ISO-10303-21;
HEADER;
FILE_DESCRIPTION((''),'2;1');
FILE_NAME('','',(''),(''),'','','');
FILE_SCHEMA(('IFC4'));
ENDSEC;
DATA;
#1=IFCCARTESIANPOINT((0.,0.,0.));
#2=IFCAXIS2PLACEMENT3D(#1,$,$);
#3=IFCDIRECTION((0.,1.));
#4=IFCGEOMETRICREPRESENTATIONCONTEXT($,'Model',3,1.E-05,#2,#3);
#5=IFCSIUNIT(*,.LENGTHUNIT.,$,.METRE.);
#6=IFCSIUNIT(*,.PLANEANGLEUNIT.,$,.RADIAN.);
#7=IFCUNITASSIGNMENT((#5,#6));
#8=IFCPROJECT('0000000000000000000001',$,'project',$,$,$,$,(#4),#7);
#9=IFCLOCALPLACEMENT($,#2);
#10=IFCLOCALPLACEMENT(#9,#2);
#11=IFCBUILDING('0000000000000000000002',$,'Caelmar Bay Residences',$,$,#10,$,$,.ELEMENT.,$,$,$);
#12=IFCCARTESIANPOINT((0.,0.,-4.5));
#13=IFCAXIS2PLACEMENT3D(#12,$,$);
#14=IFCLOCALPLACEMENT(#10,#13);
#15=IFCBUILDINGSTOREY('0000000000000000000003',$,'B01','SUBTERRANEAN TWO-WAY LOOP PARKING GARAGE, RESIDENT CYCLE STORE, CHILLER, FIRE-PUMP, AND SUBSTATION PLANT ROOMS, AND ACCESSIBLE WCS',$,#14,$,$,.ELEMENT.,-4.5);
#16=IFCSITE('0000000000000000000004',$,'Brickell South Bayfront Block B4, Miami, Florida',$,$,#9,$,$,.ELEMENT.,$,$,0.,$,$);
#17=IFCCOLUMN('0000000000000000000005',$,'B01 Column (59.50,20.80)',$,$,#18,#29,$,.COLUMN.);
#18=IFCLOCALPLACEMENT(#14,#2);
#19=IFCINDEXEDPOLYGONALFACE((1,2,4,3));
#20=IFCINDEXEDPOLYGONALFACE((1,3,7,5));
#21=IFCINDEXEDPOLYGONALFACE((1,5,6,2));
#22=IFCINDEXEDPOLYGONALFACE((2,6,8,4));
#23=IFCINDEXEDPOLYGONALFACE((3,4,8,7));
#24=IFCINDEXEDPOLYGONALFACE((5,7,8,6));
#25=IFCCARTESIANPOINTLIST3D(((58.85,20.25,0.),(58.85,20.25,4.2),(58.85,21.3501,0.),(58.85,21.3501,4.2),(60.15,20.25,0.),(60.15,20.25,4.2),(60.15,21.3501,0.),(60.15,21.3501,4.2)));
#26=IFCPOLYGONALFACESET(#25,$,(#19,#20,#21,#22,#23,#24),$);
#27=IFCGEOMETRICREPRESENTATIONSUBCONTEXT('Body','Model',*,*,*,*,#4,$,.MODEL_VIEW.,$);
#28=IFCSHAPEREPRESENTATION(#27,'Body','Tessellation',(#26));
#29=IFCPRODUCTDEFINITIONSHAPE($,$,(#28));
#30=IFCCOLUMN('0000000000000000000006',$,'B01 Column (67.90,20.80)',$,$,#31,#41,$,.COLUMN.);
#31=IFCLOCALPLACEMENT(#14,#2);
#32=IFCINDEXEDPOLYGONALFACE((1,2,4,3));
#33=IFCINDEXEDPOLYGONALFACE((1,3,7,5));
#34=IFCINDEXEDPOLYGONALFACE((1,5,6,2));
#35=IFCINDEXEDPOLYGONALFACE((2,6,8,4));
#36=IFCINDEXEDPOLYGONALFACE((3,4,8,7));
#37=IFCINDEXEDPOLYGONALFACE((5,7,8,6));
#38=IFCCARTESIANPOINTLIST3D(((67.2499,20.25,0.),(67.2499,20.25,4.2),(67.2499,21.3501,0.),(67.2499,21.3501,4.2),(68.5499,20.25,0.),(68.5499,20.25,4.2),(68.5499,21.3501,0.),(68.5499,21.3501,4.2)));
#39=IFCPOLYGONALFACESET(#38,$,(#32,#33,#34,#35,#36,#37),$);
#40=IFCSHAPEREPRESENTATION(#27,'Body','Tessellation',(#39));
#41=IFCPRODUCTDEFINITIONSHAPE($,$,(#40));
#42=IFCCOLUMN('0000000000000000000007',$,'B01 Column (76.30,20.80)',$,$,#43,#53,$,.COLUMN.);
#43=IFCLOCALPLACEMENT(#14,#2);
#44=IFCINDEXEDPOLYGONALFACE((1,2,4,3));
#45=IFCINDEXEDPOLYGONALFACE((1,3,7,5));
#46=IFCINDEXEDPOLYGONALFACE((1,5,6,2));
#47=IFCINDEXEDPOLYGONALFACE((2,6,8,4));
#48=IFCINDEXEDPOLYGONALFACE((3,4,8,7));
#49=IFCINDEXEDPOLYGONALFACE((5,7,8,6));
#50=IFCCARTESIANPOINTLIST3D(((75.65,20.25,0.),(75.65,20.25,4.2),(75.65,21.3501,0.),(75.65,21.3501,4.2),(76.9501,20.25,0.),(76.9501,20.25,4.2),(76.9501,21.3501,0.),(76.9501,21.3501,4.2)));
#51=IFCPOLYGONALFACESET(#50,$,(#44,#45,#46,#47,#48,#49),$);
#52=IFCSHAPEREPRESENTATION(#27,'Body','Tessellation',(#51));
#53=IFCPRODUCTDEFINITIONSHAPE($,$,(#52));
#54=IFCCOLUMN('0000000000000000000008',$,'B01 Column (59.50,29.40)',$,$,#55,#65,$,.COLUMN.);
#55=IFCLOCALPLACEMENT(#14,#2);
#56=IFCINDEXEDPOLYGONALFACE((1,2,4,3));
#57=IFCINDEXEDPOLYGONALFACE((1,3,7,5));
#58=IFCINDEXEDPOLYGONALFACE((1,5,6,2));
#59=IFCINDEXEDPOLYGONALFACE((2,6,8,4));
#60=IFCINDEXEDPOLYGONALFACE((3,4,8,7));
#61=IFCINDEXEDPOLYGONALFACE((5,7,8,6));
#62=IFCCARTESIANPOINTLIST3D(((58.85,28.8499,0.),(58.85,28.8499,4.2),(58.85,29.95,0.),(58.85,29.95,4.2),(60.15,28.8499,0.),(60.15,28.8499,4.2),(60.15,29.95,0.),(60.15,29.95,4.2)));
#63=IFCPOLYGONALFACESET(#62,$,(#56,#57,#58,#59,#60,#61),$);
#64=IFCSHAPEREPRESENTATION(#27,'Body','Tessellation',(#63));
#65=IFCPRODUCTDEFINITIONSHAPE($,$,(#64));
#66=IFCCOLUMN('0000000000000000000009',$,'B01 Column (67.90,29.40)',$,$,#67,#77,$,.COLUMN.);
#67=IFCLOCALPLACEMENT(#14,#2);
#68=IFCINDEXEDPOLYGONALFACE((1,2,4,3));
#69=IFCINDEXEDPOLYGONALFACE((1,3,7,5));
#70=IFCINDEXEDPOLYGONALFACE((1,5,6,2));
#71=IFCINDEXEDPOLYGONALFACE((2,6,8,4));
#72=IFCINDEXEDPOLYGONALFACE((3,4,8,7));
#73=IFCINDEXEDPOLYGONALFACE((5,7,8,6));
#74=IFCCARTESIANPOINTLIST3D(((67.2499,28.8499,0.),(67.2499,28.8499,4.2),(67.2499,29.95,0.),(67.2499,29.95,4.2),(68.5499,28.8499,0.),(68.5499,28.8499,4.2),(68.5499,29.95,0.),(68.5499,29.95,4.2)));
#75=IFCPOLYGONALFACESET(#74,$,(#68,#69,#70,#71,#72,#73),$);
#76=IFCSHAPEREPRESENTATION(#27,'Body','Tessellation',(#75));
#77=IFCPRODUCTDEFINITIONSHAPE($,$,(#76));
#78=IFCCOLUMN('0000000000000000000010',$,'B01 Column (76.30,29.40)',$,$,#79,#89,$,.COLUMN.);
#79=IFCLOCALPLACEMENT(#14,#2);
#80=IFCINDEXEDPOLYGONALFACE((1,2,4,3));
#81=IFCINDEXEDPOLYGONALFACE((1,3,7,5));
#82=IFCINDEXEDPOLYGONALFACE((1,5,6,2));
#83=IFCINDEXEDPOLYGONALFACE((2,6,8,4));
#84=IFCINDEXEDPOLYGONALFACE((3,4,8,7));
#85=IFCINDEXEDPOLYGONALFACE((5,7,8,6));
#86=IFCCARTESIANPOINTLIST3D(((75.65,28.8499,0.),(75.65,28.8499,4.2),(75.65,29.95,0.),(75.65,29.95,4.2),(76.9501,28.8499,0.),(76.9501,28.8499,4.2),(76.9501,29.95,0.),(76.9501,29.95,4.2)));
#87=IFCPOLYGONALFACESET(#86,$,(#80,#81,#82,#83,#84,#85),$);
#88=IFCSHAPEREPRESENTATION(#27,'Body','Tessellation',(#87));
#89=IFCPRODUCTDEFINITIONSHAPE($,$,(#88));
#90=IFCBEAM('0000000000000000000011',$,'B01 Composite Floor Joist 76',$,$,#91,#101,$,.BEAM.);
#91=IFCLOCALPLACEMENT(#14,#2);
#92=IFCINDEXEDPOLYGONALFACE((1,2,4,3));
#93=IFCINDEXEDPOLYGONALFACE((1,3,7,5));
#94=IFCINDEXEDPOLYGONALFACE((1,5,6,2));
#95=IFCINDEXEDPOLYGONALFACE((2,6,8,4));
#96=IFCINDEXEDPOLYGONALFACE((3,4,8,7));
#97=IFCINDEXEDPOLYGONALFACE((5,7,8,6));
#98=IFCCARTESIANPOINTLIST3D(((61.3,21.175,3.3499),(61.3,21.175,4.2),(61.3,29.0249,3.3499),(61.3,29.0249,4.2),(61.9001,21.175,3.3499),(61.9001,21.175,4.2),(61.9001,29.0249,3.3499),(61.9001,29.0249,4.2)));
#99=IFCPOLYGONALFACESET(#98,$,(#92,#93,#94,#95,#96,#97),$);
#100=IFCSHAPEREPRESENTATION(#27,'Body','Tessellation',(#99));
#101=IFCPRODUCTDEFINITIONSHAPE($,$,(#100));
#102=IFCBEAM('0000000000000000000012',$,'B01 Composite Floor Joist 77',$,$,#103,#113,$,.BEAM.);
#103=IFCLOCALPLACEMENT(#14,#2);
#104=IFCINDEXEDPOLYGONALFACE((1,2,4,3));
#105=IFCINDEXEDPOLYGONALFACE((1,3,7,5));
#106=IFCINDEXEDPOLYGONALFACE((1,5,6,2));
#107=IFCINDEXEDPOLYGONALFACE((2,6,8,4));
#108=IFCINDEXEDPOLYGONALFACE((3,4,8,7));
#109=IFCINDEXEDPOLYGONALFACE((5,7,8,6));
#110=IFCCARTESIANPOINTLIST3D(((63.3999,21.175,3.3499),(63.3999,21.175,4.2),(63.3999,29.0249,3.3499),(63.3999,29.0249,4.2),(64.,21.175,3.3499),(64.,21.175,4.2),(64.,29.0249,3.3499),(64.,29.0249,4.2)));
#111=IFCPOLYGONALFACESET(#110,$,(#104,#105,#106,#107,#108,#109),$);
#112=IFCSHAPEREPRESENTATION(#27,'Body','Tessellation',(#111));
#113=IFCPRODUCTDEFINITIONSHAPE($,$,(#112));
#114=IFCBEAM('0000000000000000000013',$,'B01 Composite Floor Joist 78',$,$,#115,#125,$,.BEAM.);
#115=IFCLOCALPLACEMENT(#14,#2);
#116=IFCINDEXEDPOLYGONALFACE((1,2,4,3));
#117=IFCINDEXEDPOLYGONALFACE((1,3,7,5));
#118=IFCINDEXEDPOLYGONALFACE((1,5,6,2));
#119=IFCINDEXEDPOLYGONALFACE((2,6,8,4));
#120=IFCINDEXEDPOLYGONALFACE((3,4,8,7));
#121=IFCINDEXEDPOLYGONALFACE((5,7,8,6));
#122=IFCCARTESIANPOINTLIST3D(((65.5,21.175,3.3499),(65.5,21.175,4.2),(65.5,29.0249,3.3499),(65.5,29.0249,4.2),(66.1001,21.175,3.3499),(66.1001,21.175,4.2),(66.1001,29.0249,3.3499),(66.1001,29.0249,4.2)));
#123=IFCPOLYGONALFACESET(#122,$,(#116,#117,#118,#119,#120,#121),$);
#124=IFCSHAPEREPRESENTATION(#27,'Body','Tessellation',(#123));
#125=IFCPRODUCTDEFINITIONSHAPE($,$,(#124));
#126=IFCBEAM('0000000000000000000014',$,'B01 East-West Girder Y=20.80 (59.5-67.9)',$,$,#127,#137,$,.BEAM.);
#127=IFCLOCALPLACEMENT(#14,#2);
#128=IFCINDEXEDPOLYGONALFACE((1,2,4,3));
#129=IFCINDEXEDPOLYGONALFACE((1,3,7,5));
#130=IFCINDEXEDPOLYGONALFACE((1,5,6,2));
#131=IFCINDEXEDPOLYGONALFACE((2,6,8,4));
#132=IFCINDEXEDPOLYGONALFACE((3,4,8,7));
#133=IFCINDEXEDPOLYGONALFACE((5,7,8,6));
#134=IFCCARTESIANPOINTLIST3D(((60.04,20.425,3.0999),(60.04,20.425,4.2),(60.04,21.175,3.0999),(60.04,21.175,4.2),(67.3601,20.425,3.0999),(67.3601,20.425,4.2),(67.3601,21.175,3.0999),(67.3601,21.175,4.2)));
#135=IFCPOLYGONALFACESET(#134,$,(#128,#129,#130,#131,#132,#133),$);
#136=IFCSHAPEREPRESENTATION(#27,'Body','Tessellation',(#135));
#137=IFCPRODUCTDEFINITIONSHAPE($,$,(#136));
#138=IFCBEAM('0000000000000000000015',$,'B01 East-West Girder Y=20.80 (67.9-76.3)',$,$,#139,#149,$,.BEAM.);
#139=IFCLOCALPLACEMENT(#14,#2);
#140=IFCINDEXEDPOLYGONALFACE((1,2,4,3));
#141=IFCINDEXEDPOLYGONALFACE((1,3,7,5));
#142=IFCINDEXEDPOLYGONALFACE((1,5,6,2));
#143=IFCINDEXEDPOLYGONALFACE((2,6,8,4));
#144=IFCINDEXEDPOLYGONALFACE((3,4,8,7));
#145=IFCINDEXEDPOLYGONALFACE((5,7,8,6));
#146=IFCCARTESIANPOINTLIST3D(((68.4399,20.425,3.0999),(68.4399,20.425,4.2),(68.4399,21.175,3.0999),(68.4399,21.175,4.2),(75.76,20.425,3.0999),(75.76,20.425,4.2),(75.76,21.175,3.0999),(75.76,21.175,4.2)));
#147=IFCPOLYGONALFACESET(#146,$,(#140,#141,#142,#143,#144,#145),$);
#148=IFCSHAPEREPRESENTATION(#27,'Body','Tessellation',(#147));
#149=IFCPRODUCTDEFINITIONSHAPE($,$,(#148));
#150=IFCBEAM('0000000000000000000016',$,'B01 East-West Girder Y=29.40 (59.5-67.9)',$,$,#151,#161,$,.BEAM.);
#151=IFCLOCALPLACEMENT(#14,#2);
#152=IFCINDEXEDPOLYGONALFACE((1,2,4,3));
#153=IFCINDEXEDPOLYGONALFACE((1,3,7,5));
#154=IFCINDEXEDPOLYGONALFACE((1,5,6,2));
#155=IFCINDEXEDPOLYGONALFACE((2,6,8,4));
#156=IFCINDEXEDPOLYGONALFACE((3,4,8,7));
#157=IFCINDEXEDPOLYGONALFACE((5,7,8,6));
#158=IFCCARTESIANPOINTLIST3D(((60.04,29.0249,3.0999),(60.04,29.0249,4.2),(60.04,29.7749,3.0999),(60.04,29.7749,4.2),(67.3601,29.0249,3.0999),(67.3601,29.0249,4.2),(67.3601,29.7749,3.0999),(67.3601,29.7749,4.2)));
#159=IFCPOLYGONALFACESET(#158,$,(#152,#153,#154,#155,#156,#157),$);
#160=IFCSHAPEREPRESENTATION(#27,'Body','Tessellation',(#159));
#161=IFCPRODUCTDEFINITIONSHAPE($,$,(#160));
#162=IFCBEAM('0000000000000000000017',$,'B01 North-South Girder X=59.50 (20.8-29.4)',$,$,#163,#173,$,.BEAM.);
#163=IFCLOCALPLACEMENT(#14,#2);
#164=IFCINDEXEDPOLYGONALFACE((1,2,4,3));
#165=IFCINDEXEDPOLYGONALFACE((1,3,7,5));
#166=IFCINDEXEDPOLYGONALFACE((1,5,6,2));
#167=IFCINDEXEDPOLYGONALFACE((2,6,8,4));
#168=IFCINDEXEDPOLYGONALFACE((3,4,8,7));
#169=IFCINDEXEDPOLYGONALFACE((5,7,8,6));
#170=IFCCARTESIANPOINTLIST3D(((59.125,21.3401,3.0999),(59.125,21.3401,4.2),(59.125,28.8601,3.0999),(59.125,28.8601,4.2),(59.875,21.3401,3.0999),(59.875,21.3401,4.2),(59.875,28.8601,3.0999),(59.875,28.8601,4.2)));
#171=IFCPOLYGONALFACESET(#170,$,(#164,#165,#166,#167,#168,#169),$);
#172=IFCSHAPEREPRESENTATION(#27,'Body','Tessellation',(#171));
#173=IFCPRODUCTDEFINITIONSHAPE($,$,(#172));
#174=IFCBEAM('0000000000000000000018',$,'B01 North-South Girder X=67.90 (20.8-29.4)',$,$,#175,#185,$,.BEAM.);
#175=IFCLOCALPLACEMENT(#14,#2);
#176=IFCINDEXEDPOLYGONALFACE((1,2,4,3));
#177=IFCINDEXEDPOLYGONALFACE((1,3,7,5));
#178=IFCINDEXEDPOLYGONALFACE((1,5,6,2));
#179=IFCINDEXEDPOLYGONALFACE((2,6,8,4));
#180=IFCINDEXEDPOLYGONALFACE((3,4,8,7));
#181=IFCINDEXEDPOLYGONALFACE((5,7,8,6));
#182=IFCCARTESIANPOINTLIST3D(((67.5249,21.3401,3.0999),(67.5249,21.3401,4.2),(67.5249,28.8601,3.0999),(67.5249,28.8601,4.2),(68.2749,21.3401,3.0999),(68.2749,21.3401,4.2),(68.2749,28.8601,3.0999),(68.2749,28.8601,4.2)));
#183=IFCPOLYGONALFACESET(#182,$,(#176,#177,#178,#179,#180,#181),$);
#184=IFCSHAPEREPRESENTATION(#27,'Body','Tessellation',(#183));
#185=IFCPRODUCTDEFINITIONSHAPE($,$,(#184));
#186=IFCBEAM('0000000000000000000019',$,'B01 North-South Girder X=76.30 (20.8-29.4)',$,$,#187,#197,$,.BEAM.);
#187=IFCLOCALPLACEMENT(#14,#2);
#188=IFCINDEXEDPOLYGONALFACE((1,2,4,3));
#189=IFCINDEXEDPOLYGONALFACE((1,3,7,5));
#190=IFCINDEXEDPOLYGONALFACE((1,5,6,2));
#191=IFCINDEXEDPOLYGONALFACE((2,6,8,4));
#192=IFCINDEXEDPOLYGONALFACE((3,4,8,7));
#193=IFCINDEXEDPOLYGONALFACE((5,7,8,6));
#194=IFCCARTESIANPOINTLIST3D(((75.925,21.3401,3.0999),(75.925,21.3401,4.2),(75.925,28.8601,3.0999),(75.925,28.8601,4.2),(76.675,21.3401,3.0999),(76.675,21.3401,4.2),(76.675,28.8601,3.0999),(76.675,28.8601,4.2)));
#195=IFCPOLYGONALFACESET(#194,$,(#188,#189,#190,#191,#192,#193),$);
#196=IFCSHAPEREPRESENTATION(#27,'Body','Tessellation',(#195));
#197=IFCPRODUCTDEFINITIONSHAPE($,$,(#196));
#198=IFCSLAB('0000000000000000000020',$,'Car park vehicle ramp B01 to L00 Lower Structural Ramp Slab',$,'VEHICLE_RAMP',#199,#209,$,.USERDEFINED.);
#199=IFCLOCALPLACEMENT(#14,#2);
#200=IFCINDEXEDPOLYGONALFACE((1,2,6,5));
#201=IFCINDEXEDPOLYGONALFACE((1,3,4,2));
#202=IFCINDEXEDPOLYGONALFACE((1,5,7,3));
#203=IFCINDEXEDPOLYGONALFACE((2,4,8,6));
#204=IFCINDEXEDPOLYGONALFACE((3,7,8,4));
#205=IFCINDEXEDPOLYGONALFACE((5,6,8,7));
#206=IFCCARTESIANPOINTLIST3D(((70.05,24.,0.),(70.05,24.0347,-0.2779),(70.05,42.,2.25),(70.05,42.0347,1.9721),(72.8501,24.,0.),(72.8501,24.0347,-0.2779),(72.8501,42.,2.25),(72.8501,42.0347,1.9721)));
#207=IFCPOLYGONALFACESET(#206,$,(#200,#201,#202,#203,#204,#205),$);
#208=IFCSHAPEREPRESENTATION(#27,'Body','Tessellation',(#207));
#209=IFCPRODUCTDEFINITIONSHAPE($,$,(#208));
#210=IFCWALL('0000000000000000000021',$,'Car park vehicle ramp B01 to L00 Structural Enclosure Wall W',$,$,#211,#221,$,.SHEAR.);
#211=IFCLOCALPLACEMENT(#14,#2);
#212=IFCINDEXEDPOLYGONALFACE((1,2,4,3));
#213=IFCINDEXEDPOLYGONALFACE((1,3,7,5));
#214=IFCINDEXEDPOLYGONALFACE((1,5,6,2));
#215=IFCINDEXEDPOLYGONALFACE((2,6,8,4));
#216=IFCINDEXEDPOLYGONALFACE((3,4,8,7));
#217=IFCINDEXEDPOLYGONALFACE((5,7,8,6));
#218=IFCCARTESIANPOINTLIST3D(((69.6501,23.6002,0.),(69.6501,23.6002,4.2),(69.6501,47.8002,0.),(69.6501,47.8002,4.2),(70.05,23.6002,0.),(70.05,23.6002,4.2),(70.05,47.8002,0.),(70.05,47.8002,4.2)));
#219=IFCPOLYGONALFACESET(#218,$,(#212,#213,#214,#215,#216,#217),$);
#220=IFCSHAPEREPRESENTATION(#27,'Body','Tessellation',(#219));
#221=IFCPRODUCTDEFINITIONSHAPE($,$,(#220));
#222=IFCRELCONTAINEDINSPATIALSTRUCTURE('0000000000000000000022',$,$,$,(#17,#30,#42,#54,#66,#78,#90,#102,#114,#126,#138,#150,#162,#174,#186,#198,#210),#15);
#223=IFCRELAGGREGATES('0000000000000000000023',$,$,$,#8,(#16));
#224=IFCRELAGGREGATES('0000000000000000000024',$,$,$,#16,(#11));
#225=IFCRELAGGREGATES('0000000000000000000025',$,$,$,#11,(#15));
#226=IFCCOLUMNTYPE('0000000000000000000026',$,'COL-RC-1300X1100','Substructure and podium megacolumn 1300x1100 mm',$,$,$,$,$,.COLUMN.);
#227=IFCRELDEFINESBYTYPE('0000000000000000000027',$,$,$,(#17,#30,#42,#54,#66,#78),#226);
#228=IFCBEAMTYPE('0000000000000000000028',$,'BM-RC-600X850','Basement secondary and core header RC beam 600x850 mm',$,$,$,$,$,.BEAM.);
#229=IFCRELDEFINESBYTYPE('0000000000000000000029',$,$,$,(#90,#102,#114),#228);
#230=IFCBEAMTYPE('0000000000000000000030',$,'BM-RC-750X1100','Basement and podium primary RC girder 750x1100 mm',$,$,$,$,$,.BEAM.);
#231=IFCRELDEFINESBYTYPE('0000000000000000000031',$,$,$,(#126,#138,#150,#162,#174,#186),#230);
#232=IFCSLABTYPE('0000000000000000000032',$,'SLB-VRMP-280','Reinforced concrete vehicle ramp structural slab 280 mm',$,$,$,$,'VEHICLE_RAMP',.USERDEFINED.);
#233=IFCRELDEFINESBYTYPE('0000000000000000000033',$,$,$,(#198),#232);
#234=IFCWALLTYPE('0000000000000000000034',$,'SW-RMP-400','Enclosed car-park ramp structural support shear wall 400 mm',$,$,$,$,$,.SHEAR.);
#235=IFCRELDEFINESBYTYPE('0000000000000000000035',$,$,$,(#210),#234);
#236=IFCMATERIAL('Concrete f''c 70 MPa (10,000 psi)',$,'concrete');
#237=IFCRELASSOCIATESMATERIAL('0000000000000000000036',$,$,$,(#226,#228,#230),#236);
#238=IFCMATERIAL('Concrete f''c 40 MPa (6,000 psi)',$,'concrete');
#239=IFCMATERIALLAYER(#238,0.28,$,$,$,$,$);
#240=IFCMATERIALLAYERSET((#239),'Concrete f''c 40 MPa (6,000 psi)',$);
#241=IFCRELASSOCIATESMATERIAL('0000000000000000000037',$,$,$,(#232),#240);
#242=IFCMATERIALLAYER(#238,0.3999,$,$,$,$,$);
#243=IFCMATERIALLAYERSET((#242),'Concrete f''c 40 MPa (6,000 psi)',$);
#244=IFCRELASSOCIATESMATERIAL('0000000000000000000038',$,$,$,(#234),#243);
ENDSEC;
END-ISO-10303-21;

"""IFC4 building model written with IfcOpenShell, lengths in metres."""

from ifc_helpers import new_model, si_unit, direction, frame, frame_2d, origin, origin_2d, place, context, subcontext, project, spatial, polyline, rectangle, outline, extrude, material, layer, layer_set, material_profile, profile_set, type_object, element, save


model = new_model("IFC4")

# Units and contexts
model_context = context("Model", 3, precision=1e-05, world=origin(), true_north=direction((0.0, 1.0)))
body_context = subcontext(model_context, "Body", "Model", "MODEL_VIEW")
ifc_project = project(units=[si_unit("LENGTHUNIT", "METRE"), si_unit("PLANEANGLEUNIT", "RADIAN")], contexts=[model_context])

# Site, building, storey
site_placement = place(None, origin())
site = spatial("IfcSite", under=ifc_project, at=site_placement, Name="Brickell South Bayfront Block B4, Miami, Florida", CompositionType="ELEMENT", RefElevation=0.0)
building_placement = place(site_placement, origin())
building = spatial("IfcBuilding", under=site, at=building_placement, Name="Caelmar Bay Residences", CompositionType="ELEMENT")
storey_placement = place(building_placement, frame((0.0, 0.0, -4.5)))
storey = spatial("IfcBuildingStorey", under=building, at=storey_placement, Name="B01", Description="SUBTERRANEAN TWO-WAY LOOP PARKING GARAGE, RESIDENT CYCLE STORE, CHILLER, FIRE-PUMP, AND SUBSTATION PLANT ROOMS, AND ACCESSIBLE WCS", CompositionType="ELEMENT", Elevation=-4.5)

# Columns
ifc_material_1 = material(Name="Concrete f'c 70 MPa (10,000 psi)", Category="concrete")
ifc_material_profile_1 = material_profile(ifc_material_1, rectangle(XDim=1.3, YDim=1.1001, at=origin_2d()), Name="RC-COL-1300X1100")
ifc_profile_set_1 = profile_set([ifc_material_profile_1], Name="Concrete f'c 70 MPa (10,000 psi)")
column_type = type_object("IfcColumnType", Name="COL-RC-1300X1100", Description="Substructure and podium megacolumn 1300x1100 mm", PredefinedType="COLUMN", material=ifc_profile_set_1)
for number, where, z_axis, x_axis, name in (
    (1, (59.5, 20.8, 0.0), (0.0, 0.0, 1.0), (1.0, 0.0, 0.0), "B01 Column (59.50,20.80)"),
    (2, (67.8999, 20.8, 0.0), (0.0, 0.0, 1.0), (1.0, 0.0, 0.0), "B01 Column (67.90,20.80)"),
    (3, (76.3, 20.8, 0.0), (0.0, 0.0, 1.0), (1.0, 0.0, 0.0), "B01 Column (76.30,20.80)"),
    (4, (59.5, 29.3999, 0.0), (0.0, 0.0, 1.0), (1.0, 0.0, 0.0), "B01 Column (59.50,29.40)"),
    (5, (67.8999, 29.3999, 0.0), (0.0, 0.0, 1.0), (1.0, 0.0, 0.0), "B01 Column (67.90,29.40)"),
    (6, (76.3, 29.3999, 0.0), (0.0, 0.0, 1.0), (1.0, 0.0, 0.0), "B01 Column (76.30,29.40)"),
):
    element("IfcColumn", number, at=place(storey_placement, frame(where, z_axis=z_axis, x_axis=x_axis)), inside=storey, type_object=column_type, Name=name, PredefinedType="COLUMN", context=body_context, shape_type="SweptSolid", body=[
        extrude(rectangle(XDim=1.3, YDim=1.1001, at=origin_2d()), origin(), (0.0, 0.0, 1.0), 4.2),
    ])

# Beams
ifc_material_profile_2 = material_profile(ifc_material_1, rectangle(XDim=0.6001, YDim=0.8501, at=origin_2d()), Name="RC-BM-600X850")
ifc_profile_set_2 = profile_set([ifc_material_profile_2], Name="Concrete f'c 70 MPa (10,000 psi)")
beam_type_1 = type_object("IfcBeamType", Name="BM-RC-600X850", Description="Basement secondary and core header RC beam 600x850 mm", PredefinedType="BEAM", material=ifc_profile_set_2)
for number, where, z_axis, x_axis, name in (
    (7, (61.6001, 21.175, 3.7749), (0.0, 1.0, 0.0), (-1.0, 0.0, 0.0), "B01 Composite Floor Joist 76"),
    (8, (63.7, 21.175, 3.7749), (0.0, 1.0, 0.0), (-1.0, 0.0, 0.0), "B01 Composite Floor Joist 77"),
    (9, (65.8, 21.175, 3.7749), (0.0, 1.0, 0.0), (-1.0, 0.0, 0.0), "B01 Composite Floor Joist 78"),
):
    element("IfcBeam", number, at=place(storey_placement, frame(where, z_axis=z_axis, x_axis=x_axis)), inside=storey, type_object=beam_type_1, Name=name, PredefinedType="BEAM", context=body_context, shape_type="SweptSolid", body=[
        extrude(rectangle(XDim=0.6001, YDim=0.8501, at=origin_2d()), origin(), (0.0, 0.0, 1.0), 7.8499),
    ])
ifc_material_profile_3 = material_profile(ifc_material_1, rectangle(XDim=0.75, YDim=1.1001, at=origin_2d()), Name="RC-BM-750X1100")
ifc_profile_set_3 = profile_set([ifc_material_profile_3], Name="Concrete f'c 70 MPa (10,000 psi)")
beam_type_2 = type_object("IfcBeamType", Name="BM-RC-750X1100", Description="Basement and podium primary RC girder 750x1100 mm", PredefinedType="BEAM", material=ifc_profile_set_3)
for number, where, z_axis, x_axis, name in (
    (10, (60.04, 20.8, 3.6499), (1.0, 0.0, 0.0), (0.0, 1.0, 0.0), "B01 East-West Girder Y=20.80 (59.5-67.9)"),
    (11, (68.4399, 20.8, 3.6499), (1.0, 0.0, 0.0), (0.0, 1.0, 0.0), "B01 East-West Girder Y=20.80 (67.9-76.3)"),
    (12, (60.04, 29.3999, 3.6499), (1.0, 0.0, 0.0), (0.0, 1.0, 0.0), "B01 East-West Girder Y=29.40 (59.5-67.9)"),
):
    element("IfcBeam", number, at=place(storey_placement, frame(where, z_axis=z_axis, x_axis=x_axis)), inside=storey, type_object=beam_type_2, Name=name, PredefinedType="BEAM", context=body_context, shape_type="SweptSolid", body=[
        extrude(rectangle(XDim=0.75, YDim=1.1001, at=origin_2d()), origin(), (0.0, 0.0, 1.0), 7.3201),
    ])
for number, where, z_axis, x_axis, name in (
    (13, (59.5, 21.3401, 3.6499), (0.0, 1.0, 0.0), (-1.0, 0.0, 0.0), "B01 North-South Girder X=59.50 (20.8-29.4)"),
    (14, (67.8999, 21.3401, 3.6499), (0.0, 1.0, 0.0), (-1.0, 0.0, 0.0), "B01 North-South Girder X=67.90 (20.8-29.4)"),
    (15, (76.3, 21.3401, 3.6499), (0.0, 1.0, 0.0), (-1.0, 0.0, 0.0), "B01 North-South Girder X=76.30 (20.8-29.4)"),
):
    element("IfcBeam", number, at=place(storey_placement, frame(where, z_axis=z_axis, x_axis=x_axis)), inside=storey, type_object=beam_type_2, Name=name, PredefinedType="BEAM", context=body_context, shape_type="SweptSolid", body=[
        extrude(rectangle(XDim=0.75, YDim=1.1001, at=origin_2d()), origin(), (0.0, 0.0, 1.0), 7.52),
    ])

# Slab
ifc_material_2 = material(Name="Concrete f'c 40 MPa (6,000 psi)", Category="concrete")
ifc_layer_1 = layer(ifc_material_2, 0.28)
ifc_layer_set_1 = layer_set([ifc_layer_1], Name="Concrete f'c 40 MPa (6,000 psi)")
slab_type = type_object("IfcSlabType", Name="SLB-VRMP-280", Description="Reinforced concrete vehicle ramp structural slab 280 mm", ElementType="VEHICLE_RAMP", PredefinedType="USERDEFINED", material=ifc_layer_set_1)
slab_placement = place(storey_placement, frame((70.05, 24.0, 0.0), z_axis=(0.0, -0.124035, 0.992278), x_axis=(1.0, 0.0, 0.0)))
element("IfcSlab", 16, at=slab_placement, inside=storey, type_object=slab_type, Name="Car park vehicle ramp B01 to L00 Lower Structural Ramp Slab", ObjectType="VEHICLE_RAMP", PredefinedType="USERDEFINED", context=body_context, shape_type="SweptSolid", body=[
    extrude(outline(polyline([(0.0, 0.0), (2.8, 0.0), (2.8, 18.1401), (0.0, 18.1401), (0.0, 0.0)])), origin(), (0.0, 0.0, -1.0), 0.28),
])

# Wall
ifc_layer_2 = layer(ifc_material_2, 0.3999)
ifc_layer_set_2 = layer_set([ifc_layer_2], Name="Concrete f'c 40 MPa (6,000 psi)")
wall_type_1 = type_object("IfcWallType", Name="SW-RMP-400", Description="Enclosed car-park ramp structural support shear wall 400 mm", PredefinedType="SHEAR", material=ifc_layer_set_2)
for number, where, z_axis, x_axis, name in (
    (17, (69.8501, 23.6001, 0.0), (0.0, 0.0, 1.0), (0.0, 1.0, 0.0), "Car park vehicle ramp B01 to L00 Structural Enclosure Wall W"),
):
    element("IfcWall", number, at=place(storey_placement, frame(where, z_axis=z_axis, x_axis=x_axis)), inside=storey, type_object=wall_type_1, Name=name, PredefinedType="SHEAR", context=body_context, shape_type="SweptSolid", body=[
        extrude(rectangle(XDim=24.2, YDim=0.3999, at=frame_2d((12.1001, 0.0))), origin(), (0.0, 0.0, 1.0), 4.2),
    ])

save(model, "model.ifc")
